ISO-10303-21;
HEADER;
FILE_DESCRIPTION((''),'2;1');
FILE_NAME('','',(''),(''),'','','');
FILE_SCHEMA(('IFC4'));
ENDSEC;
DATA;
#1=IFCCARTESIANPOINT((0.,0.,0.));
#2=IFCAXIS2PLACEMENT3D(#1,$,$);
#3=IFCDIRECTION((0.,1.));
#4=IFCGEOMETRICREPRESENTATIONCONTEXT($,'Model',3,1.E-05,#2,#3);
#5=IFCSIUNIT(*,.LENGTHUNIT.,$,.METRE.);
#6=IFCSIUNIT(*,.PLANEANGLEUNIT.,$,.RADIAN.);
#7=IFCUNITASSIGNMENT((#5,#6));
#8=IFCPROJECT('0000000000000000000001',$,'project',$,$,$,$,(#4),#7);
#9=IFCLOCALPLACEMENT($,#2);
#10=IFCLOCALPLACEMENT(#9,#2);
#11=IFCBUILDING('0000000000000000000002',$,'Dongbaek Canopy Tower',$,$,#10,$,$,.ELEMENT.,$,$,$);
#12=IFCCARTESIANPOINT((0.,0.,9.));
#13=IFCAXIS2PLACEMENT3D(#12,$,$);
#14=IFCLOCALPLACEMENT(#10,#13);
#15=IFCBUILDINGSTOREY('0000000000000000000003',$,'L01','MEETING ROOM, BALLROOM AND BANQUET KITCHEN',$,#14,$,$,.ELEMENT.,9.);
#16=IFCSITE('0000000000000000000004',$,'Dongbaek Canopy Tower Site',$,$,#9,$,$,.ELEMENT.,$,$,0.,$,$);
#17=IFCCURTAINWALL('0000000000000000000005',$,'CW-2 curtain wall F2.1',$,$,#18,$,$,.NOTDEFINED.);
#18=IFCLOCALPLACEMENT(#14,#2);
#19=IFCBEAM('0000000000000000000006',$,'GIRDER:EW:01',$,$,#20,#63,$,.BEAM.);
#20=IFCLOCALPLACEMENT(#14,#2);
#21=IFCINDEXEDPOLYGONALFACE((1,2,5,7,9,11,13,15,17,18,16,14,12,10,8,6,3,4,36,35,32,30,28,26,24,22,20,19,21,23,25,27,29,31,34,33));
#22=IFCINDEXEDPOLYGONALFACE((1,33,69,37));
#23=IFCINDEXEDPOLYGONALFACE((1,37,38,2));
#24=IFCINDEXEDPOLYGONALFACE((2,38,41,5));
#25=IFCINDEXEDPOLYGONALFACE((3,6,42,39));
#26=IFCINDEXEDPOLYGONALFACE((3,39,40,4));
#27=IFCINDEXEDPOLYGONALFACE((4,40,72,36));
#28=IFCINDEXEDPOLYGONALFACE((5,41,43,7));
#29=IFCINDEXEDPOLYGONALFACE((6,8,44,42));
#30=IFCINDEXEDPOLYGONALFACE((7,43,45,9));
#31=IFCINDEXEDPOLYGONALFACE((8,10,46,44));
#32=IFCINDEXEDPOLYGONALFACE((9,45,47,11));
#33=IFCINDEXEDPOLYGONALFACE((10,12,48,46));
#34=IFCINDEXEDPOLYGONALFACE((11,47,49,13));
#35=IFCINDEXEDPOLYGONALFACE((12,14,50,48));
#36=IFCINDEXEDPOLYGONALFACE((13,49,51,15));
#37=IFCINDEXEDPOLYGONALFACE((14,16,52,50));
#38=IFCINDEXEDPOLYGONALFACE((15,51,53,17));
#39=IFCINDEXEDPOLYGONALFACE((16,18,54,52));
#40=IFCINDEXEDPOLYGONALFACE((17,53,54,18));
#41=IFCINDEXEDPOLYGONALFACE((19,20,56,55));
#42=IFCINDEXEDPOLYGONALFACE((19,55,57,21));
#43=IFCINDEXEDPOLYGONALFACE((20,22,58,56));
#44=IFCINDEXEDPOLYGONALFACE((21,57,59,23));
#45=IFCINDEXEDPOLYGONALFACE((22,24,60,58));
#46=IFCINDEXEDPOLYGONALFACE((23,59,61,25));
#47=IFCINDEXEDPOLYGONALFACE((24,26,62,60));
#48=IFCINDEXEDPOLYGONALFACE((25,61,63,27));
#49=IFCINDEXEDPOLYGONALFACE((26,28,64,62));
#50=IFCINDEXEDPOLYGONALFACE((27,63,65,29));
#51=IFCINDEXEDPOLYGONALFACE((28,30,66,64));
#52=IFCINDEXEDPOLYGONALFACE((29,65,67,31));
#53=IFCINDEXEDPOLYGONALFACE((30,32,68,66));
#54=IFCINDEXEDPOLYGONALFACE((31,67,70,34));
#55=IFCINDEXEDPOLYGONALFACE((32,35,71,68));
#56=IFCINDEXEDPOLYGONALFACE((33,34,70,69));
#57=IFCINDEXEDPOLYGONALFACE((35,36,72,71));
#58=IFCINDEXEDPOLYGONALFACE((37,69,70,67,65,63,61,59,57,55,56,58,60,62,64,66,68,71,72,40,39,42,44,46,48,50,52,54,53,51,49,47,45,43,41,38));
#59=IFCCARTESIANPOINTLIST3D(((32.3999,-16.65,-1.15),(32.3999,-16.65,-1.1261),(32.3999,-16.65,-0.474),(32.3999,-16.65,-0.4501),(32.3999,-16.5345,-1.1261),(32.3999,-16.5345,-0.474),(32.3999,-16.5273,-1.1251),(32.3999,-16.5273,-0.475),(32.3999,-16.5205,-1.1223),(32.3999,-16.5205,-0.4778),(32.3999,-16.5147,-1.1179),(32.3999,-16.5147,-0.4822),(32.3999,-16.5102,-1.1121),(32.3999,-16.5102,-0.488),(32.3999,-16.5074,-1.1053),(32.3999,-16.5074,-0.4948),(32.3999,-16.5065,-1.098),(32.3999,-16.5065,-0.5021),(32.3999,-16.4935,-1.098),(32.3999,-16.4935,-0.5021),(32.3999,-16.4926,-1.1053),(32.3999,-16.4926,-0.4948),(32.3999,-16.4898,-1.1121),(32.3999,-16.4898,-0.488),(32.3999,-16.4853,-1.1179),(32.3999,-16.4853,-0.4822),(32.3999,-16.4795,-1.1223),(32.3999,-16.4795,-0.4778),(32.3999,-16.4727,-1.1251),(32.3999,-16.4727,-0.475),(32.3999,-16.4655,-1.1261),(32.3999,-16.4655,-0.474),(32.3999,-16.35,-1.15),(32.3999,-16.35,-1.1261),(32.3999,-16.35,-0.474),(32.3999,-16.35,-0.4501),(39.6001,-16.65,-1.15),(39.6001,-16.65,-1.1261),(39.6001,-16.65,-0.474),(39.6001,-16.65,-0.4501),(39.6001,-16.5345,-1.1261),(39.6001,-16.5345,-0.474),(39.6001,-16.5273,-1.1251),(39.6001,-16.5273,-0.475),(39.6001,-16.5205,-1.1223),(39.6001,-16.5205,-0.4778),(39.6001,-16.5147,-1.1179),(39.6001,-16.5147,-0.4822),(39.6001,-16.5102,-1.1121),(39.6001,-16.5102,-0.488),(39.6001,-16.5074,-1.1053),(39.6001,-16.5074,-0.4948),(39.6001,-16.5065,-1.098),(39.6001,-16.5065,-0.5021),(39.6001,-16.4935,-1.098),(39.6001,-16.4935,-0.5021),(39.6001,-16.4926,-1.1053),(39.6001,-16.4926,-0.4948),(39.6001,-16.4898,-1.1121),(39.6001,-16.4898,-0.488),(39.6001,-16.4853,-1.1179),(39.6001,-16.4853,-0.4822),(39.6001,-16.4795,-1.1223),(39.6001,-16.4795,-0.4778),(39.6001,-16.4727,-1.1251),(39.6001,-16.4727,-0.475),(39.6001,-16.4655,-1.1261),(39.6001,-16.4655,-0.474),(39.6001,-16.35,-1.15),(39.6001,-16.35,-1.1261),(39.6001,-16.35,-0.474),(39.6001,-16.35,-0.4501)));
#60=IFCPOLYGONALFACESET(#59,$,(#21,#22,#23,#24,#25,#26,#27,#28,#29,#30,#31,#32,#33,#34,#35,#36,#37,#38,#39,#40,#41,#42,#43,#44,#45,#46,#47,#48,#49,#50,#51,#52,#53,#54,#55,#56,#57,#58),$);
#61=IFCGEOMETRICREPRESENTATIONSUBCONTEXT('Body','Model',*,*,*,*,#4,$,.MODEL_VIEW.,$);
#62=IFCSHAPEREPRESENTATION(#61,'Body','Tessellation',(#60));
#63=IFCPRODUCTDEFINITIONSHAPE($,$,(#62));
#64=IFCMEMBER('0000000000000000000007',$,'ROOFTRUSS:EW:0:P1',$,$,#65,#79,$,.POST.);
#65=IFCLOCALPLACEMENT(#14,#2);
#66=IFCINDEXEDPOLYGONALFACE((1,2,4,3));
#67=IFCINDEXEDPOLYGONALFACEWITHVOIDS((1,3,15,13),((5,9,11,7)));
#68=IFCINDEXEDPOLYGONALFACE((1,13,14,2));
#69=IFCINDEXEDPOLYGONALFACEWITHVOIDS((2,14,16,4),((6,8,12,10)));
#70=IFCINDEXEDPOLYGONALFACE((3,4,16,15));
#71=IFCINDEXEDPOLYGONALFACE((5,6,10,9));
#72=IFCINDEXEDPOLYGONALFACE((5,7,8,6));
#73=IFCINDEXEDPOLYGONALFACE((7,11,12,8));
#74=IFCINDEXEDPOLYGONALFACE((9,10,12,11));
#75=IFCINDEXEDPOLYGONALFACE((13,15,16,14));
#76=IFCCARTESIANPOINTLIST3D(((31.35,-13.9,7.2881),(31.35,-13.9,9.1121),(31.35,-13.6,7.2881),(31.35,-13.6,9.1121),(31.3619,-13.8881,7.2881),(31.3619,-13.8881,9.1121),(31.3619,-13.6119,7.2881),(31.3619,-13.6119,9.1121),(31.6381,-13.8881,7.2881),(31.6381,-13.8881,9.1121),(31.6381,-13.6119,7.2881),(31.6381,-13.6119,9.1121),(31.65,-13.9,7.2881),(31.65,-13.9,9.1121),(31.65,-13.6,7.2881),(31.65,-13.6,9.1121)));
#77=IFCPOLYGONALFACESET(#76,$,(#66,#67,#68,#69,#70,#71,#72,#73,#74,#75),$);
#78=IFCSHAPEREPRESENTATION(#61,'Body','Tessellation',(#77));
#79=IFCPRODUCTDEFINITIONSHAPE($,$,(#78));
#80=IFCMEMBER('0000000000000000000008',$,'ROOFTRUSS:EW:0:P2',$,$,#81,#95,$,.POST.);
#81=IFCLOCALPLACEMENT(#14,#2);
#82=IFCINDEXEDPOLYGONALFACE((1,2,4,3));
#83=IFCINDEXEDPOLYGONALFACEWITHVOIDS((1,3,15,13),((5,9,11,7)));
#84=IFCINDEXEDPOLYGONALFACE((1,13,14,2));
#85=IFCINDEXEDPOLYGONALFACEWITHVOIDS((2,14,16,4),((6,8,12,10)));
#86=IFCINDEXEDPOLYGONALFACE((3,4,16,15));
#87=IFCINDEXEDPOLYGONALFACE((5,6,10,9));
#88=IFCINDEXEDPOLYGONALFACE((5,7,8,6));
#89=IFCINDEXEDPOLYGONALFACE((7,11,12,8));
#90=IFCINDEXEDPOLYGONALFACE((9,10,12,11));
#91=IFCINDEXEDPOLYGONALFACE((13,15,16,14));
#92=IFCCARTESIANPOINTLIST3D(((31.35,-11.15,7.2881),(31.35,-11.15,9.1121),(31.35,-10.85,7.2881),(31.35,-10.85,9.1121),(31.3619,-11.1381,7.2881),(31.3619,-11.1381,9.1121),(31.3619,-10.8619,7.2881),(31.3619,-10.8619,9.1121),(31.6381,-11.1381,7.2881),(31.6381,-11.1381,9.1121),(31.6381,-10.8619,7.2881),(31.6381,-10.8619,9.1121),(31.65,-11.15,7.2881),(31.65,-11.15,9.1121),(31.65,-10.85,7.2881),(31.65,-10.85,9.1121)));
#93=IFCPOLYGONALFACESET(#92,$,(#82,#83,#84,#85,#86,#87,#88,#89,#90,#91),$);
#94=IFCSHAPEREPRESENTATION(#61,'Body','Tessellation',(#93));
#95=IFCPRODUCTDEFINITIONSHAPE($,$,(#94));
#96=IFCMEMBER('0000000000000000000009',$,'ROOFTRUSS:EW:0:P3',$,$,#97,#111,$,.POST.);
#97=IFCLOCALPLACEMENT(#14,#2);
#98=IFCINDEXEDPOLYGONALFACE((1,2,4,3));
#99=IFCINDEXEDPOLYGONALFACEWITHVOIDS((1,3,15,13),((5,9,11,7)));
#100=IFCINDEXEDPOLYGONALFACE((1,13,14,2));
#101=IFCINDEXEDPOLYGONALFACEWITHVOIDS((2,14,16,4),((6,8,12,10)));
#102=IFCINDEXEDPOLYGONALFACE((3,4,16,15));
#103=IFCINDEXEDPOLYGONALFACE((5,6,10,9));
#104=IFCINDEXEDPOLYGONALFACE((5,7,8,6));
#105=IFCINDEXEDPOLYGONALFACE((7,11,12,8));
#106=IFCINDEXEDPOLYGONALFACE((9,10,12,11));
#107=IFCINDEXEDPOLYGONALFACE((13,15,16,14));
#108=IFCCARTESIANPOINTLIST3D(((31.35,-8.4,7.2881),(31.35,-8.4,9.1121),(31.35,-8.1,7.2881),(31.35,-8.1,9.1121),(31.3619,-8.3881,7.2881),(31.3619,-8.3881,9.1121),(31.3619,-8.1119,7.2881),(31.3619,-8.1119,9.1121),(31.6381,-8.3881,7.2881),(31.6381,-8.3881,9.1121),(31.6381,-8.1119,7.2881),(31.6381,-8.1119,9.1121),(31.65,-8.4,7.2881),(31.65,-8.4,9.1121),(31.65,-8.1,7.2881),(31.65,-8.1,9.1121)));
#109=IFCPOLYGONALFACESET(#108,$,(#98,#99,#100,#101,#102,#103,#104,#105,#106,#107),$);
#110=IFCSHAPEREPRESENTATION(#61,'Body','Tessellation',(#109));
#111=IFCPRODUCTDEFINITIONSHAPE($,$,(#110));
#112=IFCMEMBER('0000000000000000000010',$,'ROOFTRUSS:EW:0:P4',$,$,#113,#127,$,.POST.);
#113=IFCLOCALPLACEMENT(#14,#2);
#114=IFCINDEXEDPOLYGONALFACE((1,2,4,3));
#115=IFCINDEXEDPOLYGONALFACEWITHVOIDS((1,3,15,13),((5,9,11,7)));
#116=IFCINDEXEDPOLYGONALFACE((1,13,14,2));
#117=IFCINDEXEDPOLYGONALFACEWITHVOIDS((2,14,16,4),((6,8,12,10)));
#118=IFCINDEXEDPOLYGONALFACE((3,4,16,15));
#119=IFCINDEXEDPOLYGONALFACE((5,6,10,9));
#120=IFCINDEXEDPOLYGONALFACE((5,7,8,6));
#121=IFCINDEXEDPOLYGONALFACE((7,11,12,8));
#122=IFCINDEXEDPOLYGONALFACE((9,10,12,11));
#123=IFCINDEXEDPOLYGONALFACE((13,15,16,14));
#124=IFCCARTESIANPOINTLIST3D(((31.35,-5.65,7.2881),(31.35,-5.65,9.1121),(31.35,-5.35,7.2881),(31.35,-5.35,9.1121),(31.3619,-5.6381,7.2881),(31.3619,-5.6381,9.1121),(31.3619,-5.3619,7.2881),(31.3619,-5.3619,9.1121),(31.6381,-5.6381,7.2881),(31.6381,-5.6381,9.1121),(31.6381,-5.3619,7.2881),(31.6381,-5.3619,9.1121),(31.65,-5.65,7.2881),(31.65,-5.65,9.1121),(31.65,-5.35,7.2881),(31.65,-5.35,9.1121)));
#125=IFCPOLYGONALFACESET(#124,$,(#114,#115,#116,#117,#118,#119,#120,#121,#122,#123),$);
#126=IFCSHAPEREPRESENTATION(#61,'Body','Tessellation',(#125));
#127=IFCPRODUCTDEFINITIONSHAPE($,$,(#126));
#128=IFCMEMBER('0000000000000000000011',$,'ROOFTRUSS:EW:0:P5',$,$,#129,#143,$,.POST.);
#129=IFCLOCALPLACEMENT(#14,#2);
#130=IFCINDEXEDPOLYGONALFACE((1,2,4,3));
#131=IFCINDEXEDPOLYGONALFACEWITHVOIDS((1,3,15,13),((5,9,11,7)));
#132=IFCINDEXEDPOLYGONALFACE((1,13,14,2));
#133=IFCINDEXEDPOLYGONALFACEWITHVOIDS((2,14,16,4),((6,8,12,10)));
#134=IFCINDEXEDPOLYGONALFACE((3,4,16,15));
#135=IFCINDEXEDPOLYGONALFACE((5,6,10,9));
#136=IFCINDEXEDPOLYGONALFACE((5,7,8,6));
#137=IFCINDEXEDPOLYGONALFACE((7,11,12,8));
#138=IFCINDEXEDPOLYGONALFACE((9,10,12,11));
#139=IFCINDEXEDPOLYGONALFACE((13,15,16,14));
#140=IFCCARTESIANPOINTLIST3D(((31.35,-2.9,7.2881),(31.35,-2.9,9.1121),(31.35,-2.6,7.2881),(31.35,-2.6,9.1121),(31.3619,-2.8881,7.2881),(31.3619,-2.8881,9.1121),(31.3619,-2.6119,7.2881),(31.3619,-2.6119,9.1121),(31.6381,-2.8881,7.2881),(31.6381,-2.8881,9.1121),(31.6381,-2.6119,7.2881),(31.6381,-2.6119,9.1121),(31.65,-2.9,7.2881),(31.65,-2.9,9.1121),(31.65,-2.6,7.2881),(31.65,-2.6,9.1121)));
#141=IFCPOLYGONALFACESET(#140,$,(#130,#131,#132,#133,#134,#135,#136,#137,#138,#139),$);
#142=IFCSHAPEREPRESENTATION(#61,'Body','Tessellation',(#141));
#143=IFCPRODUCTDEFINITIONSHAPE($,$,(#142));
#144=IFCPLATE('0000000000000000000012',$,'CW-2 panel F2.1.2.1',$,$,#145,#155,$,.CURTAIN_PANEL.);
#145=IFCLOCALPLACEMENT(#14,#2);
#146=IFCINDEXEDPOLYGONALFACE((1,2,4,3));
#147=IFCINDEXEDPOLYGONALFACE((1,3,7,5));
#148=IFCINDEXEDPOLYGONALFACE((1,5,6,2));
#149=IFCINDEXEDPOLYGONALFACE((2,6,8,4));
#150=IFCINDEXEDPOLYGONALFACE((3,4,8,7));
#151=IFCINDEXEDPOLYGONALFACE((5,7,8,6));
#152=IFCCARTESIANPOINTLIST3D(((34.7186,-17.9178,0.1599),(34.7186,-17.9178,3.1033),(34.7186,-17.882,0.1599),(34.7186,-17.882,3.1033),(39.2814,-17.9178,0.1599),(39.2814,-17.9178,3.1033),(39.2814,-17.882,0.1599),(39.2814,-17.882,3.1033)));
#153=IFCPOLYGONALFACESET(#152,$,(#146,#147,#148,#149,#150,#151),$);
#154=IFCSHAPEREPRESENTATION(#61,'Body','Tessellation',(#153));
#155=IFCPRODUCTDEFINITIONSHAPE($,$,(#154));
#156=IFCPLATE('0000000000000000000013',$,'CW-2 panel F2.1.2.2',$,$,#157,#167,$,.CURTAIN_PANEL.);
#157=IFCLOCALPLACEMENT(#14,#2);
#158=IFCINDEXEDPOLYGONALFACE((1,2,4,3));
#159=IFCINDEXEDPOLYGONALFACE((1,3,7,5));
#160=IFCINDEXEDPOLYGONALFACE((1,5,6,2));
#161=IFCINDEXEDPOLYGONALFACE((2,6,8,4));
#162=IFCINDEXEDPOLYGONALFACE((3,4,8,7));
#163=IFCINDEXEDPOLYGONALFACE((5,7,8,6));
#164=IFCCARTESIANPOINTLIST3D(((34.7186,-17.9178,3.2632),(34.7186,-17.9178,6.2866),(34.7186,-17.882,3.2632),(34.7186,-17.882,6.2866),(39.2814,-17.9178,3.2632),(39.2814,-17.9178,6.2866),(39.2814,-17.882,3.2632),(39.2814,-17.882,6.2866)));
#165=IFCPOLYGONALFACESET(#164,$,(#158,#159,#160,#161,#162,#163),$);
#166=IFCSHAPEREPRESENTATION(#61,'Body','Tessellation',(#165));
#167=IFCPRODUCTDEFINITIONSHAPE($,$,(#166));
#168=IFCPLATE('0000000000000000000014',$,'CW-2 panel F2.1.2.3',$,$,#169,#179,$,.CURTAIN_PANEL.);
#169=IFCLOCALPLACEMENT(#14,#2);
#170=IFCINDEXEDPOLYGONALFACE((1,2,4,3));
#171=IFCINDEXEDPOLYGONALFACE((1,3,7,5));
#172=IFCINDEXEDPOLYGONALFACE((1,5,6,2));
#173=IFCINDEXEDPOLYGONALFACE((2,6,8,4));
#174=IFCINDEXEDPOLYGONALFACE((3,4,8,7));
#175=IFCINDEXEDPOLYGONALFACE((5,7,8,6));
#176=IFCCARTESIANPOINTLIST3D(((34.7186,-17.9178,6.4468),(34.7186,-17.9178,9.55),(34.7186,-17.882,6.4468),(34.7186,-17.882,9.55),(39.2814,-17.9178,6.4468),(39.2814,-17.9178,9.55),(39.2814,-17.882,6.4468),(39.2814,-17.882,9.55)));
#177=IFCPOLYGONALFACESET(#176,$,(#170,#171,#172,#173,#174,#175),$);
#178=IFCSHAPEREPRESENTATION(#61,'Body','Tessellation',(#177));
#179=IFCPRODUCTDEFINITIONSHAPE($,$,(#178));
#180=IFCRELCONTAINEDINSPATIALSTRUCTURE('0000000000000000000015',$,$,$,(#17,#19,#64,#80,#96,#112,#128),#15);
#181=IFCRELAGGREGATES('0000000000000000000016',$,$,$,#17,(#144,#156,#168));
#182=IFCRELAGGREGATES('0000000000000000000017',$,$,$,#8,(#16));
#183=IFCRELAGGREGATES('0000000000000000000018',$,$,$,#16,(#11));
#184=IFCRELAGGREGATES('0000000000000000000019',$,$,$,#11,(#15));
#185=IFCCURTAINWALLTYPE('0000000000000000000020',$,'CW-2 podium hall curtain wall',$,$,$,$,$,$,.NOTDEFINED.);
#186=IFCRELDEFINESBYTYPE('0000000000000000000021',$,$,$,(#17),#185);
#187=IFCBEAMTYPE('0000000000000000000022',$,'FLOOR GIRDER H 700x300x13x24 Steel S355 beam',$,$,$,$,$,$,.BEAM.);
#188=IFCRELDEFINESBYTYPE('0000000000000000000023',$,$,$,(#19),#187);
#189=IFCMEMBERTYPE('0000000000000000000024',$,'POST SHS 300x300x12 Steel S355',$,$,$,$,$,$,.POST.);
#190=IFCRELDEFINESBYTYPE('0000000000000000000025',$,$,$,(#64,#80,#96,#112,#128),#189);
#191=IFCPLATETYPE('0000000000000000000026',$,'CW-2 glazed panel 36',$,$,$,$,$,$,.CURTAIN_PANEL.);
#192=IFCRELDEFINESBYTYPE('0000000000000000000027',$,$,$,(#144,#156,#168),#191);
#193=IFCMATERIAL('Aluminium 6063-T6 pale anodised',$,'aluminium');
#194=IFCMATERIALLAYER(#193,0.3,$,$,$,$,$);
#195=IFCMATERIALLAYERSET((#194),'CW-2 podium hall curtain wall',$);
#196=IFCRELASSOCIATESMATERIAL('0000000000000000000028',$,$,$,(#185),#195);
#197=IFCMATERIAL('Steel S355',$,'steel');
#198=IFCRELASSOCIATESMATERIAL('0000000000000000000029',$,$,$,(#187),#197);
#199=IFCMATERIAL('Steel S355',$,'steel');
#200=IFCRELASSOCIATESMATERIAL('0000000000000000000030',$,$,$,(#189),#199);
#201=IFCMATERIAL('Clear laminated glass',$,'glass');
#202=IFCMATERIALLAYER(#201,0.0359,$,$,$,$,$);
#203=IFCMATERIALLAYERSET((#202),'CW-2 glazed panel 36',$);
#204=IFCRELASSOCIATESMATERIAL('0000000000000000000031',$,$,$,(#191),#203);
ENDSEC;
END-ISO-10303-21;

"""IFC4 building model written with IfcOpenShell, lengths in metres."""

from ifc_helpers import new_model, si_unit, direction, frame, origin, origin_2d, place, context, subcontext, project, spatial, rectangle, hollow_rectangle, i_section, extrude, material, layer, layer_set, material_profile, profile_set, type_object, element, aggregate, save


model = new_model("IFC4")

# Units and contexts
model_context = context("Model", 3, precision=1e-05, world=origin(), true_north=direction((0.0, 1.0)))
body_context = subcontext(model_context, "Body", "Model", "MODEL_VIEW")
ifc_project = project(units=[si_unit("LENGTHUNIT", "METRE"), si_unit("PLANEANGLEUNIT", "RADIAN")], contexts=[model_context])

# Site, building, storey
site_placement = place(None, origin())
site = spatial("IfcSite", under=ifc_project, at=site_placement, Name="Dongbaek Canopy Tower Site", CompositionType="ELEMENT", RefElevation=0.0)
building_placement = place(site_placement, origin())
building = spatial("IfcBuilding", under=site, at=building_placement, Name="Dongbaek Canopy Tower", CompositionType="ELEMENT")
storey_placement = place(building_placement, frame((0.0, 0.0, 9.0)))
storey = spatial("IfcBuildingStorey", under=building, at=storey_placement, Name="L01", Description="MEETING ROOM, BALLROOM AND BANQUET KITCHEN", CompositionType="ELEMENT", Elevation=9.0)

# Curtain wall
ifc_material_1 = material(Name="Aluminium 6063-T6 pale anodised", Category="aluminium")
ifc_layer_1 = layer(ifc_material_1, 0.3)
ifc_layer_set_1 = layer_set([ifc_layer_1], Name="CW-2 podium hall curtain wall")
curtain_wall_type = type_object("IfcCurtainWallType", Name="CW-2 podium hall curtain wall", PredefinedType="NOTDEFINED", material=ifc_layer_set_1)
curtain_wall_placement = place(storey_placement, origin())
curtain_wall = element("IfcCurtainWall", 1, at=curtain_wall_placement, inside=storey, type_object=curtain_wall_type, Name="CW-2 curtain wall F2.1", PredefinedType="NOTDEFINED")

# Beam
ifc_material_2 = material(Name="Steel S355", Category="steel")
ifc_material_profile_1 = material_profile(ifc_material_2, i_section(OverallWidth=0.3, OverallDepth=0.7, WebThickness=0.0129, FlangeThickness=0.0239, FilletRadius=0.0281, at=origin_2d()), Name="FLOOR GIRDER H 700x300x13x24 Steel S355 beam")
ifc_profile_set_1 = profile_set([ifc_material_profile_1], Name="Steel S355")
beam_type = type_object("IfcBeamType", Name="FLOOR GIRDER H 700x300x13x24 Steel S355 beam", PredefinedType="BEAM", material=ifc_profile_set_1)
beam_placement = place(storey_placement, frame((32.3999, -16.5, -0.8), z_axis=(1.0, 0.0, 0.0), x_axis=(0.0, 1.0, 0.0)))
element("IfcBeam", 2, at=beam_placement, inside=storey, type_object=beam_type, Name="GIRDER:EW:01", PredefinedType="BEAM", context=body_context, shape_type="SweptSolid", body=[
    extrude(i_section(OverallWidth=0.3, OverallDepth=0.7, WebThickness=0.0129, FlangeThickness=0.0239, FilletRadius=0.0281, at=origin_2d()), origin(), (0.0, 0.0, 1.0), 7.2002),
])

# Members
ifc_material_3 = material(Name="Steel S355", Category="steel")
ifc_material_profile_2 = material_profile(ifc_material_3, hollow_rectangle(XDim=0.3, YDim=0.3, WallThickness=0.012, at=origin_2d()), Name="POST SHS 300x300x12 Steel S355")
ifc_profile_set_2 = profile_set([ifc_material_profile_2], Name="Steel S355")
member_type_1 = type_object("IfcMemberType", Name="POST SHS 300x300x12 Steel S355", PredefinedType="POST", material=ifc_profile_set_2)
for number, where, z_axis, x_axis, name in (
    (3, (31.5, -13.75, 7.2881), (0.0, 0.0, 1.0), (1.0, 0.0, 0.0), "ROOFTRUSS:EW:0:P1"),
    (4, (31.5, -11.0, 7.2881), (0.0, 0.0, 1.0), (1.0, 0.0, 0.0), "ROOFTRUSS:EW:0:P2"),
    (5, (31.5, -8.25, 7.2881), (0.0, 0.0, 1.0), (1.0, 0.0, 0.0), "ROOFTRUSS:EW:0:P3"),
    (6, (31.5, -5.5, 7.2881), (0.0, 0.0, 1.0), (1.0, 0.0, 0.0), "ROOFTRUSS:EW:0:P4"),
    (7, (31.5, -2.75, 7.2881), (0.0, 0.0, 1.0), (1.0, 0.0, 0.0), "ROOFTRUSS:EW:0:P5"),
):
    element("IfcMember", number, at=place(storey_placement, frame(where, z_axis=z_axis, x_axis=x_axis)), inside=storey, type_object=member_type_1, Name=name, PredefinedType="POST", context=body_context, shape_type="SweptSolid", body=[
        extrude(hollow_rectangle(XDim=0.3, YDim=0.3, WallThickness=0.012, at=origin_2d()), origin(), (0.0, 0.0, 1.0), 1.824),
    ])

# Plates
ifc_material_4 = material(Name="Clear laminated glass", Category="glass")
ifc_layer_2 = layer(ifc_material_4, 0.0359)
ifc_layer_set_2 = layer_set([ifc_layer_2], Name="CW-2 glazed panel 36")
plate_type = type_object("IfcPlateType", Name="CW-2 glazed panel 36", PredefinedType="CURTAIN_PANEL", material=ifc_layer_set_2)
plate_1_placement = place(storey_placement, frame((37.0, -17.8999, 0.1599), z_axis=(0.0, 0.0, 1.0), x_axis=(1.0, 0.0, 0.0)))
plate_1 = element("IfcPlate", 8, at=plate_1_placement, type_object=plate_type, Name="CW-2 panel F2.1.2.1", PredefinedType="CURTAIN_PANEL", context=body_context, shape_type="SweptSolid", body=[
    extrude(rectangle(XDim=4.5627, YDim=0.0359, at=origin_2d()), origin(), (0.0, 0.0, 1.0), 2.9434),
])
plate_2_placement = place(storey_placement, frame((37.0, -17.8999, 3.2632), z_axis=(0.0, 0.0, 1.0), x_axis=(1.0, 0.0, 0.0)))
plate_2 = element("IfcPlate", 9, at=plate_2_placement, type_object=plate_type, Name="CW-2 panel F2.1.2.2", PredefinedType="CURTAIN_PANEL", context=body_context, shape_type="SweptSolid", body=[
    extrude(rectangle(XDim=4.5627, YDim=0.0359, at=origin_2d()), origin(), (0.0, 0.0, 1.0), 3.0234),
])
plate_3_placement = place(storey_placement, frame((37.0, -17.8999, 6.4468), z_axis=(0.0, 0.0, 1.0), x_axis=(1.0, 0.0, 0.0)))
plate_3 = element("IfcPlate", 10, at=plate_3_placement, type_object=plate_type, Name="CW-2 panel F2.1.2.3", PredefinedType="CURTAIN_PANEL", context=body_context, shape_type="SweptSolid", body=[
    extrude(rectangle(XDim=4.5627, YDim=0.0359, at=origin_2d()), origin(), (0.0, 0.0, 1.0), 3.1033),
])
aggregate(curtain_wall, [plate_1, plate_2, plate_3])

save(model, "model.ifc")
